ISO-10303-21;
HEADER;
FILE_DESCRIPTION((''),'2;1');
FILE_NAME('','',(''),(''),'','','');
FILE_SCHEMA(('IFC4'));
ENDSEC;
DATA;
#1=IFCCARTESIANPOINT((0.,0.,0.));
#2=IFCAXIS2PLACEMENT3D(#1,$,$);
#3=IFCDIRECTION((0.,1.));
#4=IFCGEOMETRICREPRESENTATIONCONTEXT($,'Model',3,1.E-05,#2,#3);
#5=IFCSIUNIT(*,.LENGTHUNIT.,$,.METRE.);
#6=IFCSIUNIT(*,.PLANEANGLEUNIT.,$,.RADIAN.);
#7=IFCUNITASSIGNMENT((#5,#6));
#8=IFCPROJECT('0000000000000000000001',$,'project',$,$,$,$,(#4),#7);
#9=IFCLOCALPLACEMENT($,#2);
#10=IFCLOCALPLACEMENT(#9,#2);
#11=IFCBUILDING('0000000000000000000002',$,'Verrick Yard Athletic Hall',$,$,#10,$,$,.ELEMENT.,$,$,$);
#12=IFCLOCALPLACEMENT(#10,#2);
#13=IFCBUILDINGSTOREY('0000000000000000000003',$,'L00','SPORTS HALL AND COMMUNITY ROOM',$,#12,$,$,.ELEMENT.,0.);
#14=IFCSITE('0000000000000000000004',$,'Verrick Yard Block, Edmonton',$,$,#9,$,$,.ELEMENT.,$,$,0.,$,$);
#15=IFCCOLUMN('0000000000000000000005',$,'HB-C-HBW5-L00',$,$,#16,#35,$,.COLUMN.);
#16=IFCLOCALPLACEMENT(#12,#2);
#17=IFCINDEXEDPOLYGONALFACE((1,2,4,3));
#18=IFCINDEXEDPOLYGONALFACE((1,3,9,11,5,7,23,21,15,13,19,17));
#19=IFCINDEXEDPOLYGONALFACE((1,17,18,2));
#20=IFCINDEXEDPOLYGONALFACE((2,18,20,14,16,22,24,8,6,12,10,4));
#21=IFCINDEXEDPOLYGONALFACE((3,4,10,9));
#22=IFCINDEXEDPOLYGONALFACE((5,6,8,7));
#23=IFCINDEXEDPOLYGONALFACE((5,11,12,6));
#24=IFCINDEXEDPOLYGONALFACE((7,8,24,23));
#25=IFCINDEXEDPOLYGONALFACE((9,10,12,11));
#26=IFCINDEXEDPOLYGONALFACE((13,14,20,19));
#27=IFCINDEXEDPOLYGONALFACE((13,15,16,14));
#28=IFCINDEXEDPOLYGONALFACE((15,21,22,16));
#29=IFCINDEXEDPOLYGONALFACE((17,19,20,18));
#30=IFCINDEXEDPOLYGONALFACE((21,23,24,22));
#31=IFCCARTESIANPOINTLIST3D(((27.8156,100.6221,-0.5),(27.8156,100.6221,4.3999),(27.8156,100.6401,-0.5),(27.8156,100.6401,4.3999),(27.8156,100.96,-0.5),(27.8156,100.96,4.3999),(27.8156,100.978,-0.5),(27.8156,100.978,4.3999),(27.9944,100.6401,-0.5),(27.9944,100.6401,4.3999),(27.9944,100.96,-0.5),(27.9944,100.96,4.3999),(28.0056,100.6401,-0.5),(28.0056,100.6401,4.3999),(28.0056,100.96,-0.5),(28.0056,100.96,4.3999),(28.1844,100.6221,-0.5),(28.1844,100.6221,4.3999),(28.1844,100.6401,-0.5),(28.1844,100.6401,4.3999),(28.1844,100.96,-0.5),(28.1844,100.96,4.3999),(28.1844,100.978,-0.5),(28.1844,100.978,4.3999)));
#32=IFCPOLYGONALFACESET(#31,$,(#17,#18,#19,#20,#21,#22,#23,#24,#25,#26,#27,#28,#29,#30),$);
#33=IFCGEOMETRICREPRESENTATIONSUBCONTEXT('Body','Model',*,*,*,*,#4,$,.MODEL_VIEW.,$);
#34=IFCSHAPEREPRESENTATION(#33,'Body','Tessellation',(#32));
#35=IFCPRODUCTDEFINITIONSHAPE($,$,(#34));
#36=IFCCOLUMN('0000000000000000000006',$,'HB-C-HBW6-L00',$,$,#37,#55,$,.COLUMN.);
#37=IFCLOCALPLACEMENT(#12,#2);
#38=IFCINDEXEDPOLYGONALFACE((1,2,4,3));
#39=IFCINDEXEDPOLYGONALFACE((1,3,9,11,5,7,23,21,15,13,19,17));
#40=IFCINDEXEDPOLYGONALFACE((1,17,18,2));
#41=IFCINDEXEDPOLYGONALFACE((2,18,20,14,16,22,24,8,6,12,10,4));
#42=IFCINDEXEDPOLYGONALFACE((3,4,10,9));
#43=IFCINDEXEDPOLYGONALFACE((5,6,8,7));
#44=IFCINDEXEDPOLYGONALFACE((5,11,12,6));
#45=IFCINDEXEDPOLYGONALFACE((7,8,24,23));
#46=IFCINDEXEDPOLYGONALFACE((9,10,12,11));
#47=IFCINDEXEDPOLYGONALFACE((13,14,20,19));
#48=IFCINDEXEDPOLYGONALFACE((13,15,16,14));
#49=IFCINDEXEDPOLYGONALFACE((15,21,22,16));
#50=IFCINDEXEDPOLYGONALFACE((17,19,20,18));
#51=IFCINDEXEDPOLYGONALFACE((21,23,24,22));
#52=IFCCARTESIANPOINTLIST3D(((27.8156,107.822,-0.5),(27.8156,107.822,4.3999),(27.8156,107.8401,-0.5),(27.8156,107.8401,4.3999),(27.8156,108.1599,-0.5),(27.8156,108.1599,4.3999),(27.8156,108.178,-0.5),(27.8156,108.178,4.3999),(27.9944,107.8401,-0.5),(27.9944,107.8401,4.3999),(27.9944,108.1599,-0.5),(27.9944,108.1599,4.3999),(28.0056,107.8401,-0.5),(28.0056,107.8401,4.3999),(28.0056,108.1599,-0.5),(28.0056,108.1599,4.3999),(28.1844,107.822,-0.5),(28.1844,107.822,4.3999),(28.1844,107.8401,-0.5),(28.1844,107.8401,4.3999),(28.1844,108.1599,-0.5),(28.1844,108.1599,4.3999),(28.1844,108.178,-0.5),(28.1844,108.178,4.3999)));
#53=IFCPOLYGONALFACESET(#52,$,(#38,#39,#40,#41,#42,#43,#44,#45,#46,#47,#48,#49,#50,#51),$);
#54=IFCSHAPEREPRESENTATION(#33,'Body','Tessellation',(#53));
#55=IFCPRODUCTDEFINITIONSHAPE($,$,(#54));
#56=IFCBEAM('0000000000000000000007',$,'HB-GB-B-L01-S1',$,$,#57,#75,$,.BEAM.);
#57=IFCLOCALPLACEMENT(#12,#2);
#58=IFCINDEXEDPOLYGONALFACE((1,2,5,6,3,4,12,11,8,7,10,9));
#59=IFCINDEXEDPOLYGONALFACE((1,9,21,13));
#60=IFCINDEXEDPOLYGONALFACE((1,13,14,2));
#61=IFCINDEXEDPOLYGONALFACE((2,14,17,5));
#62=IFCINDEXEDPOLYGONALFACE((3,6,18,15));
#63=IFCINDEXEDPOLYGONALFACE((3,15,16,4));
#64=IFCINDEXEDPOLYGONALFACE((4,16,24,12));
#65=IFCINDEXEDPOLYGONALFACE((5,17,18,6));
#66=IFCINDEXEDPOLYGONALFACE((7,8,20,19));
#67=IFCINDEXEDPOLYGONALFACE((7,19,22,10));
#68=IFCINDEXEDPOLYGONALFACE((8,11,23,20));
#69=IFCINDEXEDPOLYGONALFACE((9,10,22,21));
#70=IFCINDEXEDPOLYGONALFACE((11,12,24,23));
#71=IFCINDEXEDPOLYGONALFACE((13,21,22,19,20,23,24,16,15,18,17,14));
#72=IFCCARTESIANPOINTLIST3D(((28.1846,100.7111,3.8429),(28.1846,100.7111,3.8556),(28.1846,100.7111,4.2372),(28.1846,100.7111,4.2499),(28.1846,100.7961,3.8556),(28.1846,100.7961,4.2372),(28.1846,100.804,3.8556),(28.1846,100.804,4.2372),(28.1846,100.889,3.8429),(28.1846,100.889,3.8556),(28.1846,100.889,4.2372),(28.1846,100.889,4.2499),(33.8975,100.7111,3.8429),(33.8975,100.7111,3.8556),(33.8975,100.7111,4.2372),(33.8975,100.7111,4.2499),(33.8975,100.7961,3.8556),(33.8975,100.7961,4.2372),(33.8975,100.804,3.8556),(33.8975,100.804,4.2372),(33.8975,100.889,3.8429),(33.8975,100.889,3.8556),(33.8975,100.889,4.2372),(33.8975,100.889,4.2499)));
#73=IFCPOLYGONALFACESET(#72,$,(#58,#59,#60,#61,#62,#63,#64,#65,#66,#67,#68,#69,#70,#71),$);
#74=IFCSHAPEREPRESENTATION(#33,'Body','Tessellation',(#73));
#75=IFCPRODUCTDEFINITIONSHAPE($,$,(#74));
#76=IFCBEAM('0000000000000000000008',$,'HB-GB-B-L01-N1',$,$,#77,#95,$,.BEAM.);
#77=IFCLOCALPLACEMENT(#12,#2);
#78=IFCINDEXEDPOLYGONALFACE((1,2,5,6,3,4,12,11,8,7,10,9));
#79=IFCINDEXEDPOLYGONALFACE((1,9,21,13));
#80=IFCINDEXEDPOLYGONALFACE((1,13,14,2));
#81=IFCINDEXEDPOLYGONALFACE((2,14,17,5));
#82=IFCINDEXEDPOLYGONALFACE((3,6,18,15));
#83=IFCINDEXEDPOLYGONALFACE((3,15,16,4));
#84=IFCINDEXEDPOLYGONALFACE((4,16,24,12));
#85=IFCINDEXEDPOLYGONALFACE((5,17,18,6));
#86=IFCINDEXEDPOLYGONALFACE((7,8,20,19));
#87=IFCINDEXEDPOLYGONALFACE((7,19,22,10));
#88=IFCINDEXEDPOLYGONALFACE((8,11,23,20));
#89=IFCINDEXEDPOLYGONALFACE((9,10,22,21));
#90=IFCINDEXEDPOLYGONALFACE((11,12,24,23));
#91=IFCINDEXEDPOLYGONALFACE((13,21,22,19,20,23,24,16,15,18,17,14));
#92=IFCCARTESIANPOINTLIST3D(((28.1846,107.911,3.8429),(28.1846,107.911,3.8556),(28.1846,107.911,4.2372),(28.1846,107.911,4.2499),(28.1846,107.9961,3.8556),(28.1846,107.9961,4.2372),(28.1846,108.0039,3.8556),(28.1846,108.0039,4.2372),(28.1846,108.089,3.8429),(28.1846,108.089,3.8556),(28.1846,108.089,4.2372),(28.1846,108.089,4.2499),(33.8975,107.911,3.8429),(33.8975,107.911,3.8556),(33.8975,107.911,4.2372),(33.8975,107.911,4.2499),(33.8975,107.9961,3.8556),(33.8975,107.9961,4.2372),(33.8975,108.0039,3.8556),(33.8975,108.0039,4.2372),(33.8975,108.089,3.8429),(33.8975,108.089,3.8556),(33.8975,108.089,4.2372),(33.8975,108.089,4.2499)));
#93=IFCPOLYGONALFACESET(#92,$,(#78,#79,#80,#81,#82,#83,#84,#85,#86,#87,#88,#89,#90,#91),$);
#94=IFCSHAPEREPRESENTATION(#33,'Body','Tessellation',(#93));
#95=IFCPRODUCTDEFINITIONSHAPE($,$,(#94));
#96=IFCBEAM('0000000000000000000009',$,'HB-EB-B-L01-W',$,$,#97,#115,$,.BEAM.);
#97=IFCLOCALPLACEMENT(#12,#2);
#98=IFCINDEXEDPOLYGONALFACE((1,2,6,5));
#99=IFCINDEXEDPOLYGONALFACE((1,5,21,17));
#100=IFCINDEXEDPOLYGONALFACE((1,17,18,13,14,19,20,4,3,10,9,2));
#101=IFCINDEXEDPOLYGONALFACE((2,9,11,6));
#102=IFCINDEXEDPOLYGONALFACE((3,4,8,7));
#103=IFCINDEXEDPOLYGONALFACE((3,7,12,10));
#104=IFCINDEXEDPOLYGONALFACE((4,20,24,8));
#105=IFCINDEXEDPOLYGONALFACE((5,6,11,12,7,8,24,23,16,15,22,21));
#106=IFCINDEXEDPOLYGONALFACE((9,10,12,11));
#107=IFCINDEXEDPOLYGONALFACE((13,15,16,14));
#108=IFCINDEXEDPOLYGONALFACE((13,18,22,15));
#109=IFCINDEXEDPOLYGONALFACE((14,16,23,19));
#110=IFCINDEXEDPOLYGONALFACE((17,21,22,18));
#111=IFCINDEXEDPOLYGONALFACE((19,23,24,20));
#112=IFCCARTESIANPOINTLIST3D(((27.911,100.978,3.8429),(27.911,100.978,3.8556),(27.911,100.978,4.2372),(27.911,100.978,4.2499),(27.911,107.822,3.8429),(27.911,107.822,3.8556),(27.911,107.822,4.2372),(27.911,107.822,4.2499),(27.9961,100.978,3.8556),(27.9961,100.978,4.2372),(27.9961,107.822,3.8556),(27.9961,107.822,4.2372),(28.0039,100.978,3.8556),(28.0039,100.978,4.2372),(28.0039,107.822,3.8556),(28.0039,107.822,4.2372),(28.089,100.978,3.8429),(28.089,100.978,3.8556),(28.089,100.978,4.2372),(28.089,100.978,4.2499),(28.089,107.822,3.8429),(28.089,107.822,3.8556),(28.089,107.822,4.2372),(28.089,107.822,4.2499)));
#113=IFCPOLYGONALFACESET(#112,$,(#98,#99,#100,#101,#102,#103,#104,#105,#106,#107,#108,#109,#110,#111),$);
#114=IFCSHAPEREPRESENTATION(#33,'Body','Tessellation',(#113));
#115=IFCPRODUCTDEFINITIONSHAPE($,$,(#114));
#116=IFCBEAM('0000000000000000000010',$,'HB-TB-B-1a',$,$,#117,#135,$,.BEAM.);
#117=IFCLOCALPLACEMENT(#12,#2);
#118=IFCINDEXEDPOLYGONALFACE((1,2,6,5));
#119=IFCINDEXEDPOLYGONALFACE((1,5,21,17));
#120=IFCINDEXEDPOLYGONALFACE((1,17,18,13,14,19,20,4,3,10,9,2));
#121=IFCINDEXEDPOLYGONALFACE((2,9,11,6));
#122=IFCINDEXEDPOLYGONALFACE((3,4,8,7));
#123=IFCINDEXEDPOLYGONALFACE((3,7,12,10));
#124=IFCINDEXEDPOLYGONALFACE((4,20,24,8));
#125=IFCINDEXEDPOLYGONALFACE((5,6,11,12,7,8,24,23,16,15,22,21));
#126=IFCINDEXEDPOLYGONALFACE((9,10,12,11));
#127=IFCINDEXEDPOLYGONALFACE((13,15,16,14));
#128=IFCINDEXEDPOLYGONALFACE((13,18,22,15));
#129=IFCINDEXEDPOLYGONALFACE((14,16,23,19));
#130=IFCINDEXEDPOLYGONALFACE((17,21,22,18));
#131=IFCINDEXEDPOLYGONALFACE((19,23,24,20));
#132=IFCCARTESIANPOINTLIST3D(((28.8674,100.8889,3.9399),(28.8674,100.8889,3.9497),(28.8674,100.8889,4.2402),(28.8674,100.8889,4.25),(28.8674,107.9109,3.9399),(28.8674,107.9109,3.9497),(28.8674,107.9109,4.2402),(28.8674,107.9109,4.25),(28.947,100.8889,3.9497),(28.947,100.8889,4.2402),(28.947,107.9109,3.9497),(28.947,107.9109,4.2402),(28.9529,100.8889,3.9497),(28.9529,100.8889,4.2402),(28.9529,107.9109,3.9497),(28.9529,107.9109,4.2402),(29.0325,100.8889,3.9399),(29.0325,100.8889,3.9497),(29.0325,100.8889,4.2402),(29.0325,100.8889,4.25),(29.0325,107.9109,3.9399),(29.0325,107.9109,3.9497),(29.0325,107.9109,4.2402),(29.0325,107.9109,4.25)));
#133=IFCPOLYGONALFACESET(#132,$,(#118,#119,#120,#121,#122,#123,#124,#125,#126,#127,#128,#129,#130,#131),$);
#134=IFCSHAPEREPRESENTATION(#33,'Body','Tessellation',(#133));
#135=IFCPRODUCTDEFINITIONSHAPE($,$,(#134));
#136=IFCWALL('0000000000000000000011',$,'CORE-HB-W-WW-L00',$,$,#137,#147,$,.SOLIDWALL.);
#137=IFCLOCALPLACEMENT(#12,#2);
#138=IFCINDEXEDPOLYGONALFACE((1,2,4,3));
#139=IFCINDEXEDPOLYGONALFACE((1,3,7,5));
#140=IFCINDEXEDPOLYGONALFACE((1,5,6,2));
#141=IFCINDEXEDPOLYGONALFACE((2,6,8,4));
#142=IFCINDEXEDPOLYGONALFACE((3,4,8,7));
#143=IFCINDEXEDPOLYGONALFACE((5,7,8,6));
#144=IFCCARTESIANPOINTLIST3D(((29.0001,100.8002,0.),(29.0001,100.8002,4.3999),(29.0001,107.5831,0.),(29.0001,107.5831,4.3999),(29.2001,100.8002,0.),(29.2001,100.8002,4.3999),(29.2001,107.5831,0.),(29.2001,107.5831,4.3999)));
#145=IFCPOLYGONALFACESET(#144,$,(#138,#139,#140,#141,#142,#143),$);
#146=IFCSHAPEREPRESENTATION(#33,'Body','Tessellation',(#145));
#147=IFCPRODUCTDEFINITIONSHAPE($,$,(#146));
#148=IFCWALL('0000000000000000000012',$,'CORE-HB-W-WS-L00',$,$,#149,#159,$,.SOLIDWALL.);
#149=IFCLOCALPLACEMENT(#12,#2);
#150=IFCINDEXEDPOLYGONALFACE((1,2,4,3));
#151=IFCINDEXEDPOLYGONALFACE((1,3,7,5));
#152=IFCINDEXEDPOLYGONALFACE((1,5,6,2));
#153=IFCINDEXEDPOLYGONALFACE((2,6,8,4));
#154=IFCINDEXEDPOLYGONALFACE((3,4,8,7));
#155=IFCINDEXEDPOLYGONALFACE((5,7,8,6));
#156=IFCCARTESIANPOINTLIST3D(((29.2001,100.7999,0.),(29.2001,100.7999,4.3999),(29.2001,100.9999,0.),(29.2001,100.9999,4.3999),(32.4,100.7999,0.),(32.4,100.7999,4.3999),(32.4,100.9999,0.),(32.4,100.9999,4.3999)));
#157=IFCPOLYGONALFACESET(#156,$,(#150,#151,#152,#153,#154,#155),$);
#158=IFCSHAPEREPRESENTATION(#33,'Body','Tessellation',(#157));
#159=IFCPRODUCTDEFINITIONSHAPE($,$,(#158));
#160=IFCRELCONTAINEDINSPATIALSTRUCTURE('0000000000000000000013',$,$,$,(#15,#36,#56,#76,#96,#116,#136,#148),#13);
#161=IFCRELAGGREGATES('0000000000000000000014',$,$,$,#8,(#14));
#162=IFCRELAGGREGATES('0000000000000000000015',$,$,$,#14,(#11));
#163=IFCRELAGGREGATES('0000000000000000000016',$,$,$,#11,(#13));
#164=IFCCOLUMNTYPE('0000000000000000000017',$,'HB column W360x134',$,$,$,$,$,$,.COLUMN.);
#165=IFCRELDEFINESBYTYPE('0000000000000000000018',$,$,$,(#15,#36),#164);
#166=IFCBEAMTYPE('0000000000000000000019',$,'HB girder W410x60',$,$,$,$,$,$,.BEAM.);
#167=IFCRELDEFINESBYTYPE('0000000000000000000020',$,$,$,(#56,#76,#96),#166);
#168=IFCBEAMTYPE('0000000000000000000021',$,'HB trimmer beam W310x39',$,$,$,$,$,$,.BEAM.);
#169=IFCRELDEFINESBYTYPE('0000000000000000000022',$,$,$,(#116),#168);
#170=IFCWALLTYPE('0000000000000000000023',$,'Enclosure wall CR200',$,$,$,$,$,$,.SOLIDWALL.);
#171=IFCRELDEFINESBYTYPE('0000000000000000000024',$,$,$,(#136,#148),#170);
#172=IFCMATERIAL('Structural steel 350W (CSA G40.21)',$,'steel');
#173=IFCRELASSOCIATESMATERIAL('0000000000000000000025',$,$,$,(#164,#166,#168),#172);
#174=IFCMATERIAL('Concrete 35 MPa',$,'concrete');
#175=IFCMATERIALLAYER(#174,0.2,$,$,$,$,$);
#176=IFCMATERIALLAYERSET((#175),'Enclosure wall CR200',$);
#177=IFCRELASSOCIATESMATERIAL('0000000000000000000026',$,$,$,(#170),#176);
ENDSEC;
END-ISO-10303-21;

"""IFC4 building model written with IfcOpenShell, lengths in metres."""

from ifc_helpers import new_model, si_unit, direction, frame, frame_2d, origin, origin_2d, place, context, subcontext, project, spatial, rectangle, i_section, extrude, material, layer, layer_set, material_profile, profile_set, type_object, element, save


model = new_model("IFC4")

# Units and contexts
model_context = context("Model", 3, precision=1e-05, world=origin(), true_north=direction((0.0, 1.0)))
body_context = subcontext(model_context, "Body", "Model", "MODEL_VIEW")
ifc_project = project(units=[si_unit("LENGTHUNIT", "METRE"), si_unit("PLANEANGLEUNIT", "RADIAN")], contexts=[model_context])

# Site, building, storey
site_placement = place(None, origin())
site = spatial("IfcSite", under=ifc_project, at=site_placement, Name="Verrick Yard Block, Edmonton", CompositionType="ELEMENT", RefElevation=0.0)
building_placement = place(site_placement, origin())
building = spatial("IfcBuilding", under=site, at=building_placement, Name="Verrick Yard Athletic Hall", CompositionType="ELEMENT")
storey_placement = place(building_placement, origin())
storey = spatial("IfcBuildingStorey", under=building, at=storey_placement, Name="L00", Description="SPORTS HALL AND COMMUNITY ROOM", CompositionType="ELEMENT", Elevation=0.0)

# Shared definitions
ifc_material_1 = material(Name="Concrete 35 MPa", Category="concrete")

# Columns
ifc_material_2 = material(Name="Structural steel 350W (CSA G40.21)", Category="steel")
ifc_material_profile_1 = material_profile(ifc_material_2, i_section(OverallWidth=0.3689, OverallDepth=0.356, WebThickness=0.0112, FlangeThickness=0.0181, at=origin_2d()), Name="W360x134")
ifc_profile_set_1 = profile_set([ifc_material_profile_1], Name="Structural steel 350W (CSA G40.21)")
column_type = type_object("IfcColumnType", Name="HB column W360x134", PredefinedType="COLUMN", material=ifc_profile_set_1)
for number, where, z_axis, x_axis, name in (
    (1, (28.0, 100.8, -0.5), (0.0, 0.0, 1.0), (1.0, 0.0, 0.0), "HB-C-HBW5-L00"),
    (2, (28.0, 108.0, -0.5), (0.0, 0.0, 1.0), (1.0, 0.0, 0.0), "HB-C-HBW6-L00"),
):
    element("IfcColumn", number, at=place(storey_placement, frame(where, z_axis=z_axis, x_axis=x_axis)), inside=storey, type_object=column_type, Name=name, PredefinedType="COLUMN", context=body_context, shape_type="SweptSolid", body=[
        extrude(i_section(OverallWidth=0.3689, OverallDepth=0.356, WebThickness=0.0112, FlangeThickness=0.0181, at=origin_2d()), origin(), (0.0, 0.0, 1.0), 4.8999),
    ])

# Beams
ifc_material_profile_2 = material_profile(ifc_material_2, i_section(OverallWidth=0.178, OverallDepth=0.407, WebThickness=0.0078, FlangeThickness=0.0127, at=origin_2d()), Name="W410x60")
ifc_profile_set_2 = profile_set([ifc_material_profile_2], Name="Structural steel 350W (CSA G40.21)")
beam_type_1 = type_object("IfcBeamType", Name="HB girder W410x60", PredefinedType="BEAM", material=ifc_profile_set_2)
for number, where, z_axis, x_axis, name in (
    (3, (28.1846, 100.8, 4.0464), (1.0, 0.0, 0.0), (0.0, 1.0, 0.0), "HB-GB-B-L01-S1"),
    (4, (28.1846, 108.0, 4.0464), (1.0, 0.0, 0.0), (0.0, 1.0, 0.0), "HB-GB-B-L01-N1"),
):
    element("IfcBeam", number, at=place(storey_placement, frame(where, z_axis=z_axis, x_axis=x_axis)), inside=storey, type_object=beam_type_1, Name=name, PredefinedType="BEAM", context=body_context, shape_type="SweptSolid", body=[
        extrude(i_section(OverallWidth=0.178, OverallDepth=0.407, WebThickness=0.0078, FlangeThickness=0.0127, at=origin_2d()), origin(), (0.0, 0.0, 1.0), 5.7129),
    ])
beam_1_placement = place(storey_placement, frame((28.0, 100.978, 4.0464), z_axis=(0.0, 1.0, 0.0), x_axis=(-1.0, 0.0, 0.0)))
element("IfcBeam", 5, at=beam_1_placement, inside=storey, type_object=beam_type_1, Name="HB-EB-B-L01-W", PredefinedType="BEAM", context=body_context, shape_type="SweptSolid", body=[
    extrude(i_section(OverallWidth=0.178, OverallDepth=0.407, WebThickness=0.0078, FlangeThickness=0.0127, at=origin_2d()), origin(), (0.0, 0.0, 1.0), 6.844),
])
ifc_material_profile_3 = material_profile(ifc_material_2, i_section(OverallWidth=0.165, OverallDepth=0.3101, WebThickness=0.0059, FlangeThickness=0.0098, at=origin_2d()), Name="W310x39")
ifc_profile_set_3 = profile_set([ifc_material_profile_3], Name="Structural steel 350W (CSA G40.21)")
beam_type_2 = type_object("IfcBeamType", Name="HB trimmer beam W310x39", PredefinedType="BEAM", material=ifc_profile_set_3)
beam_2_placement = place(storey_placement, frame((28.95, 100.8889, 4.095), z_axis=(0.0, 1.0, 0.0), x_axis=(-1.0, 0.0, 0.0)))
element("IfcBeam", 6, at=beam_2_placement, inside=storey, type_object=beam_type_2, Name="HB-TB-B-1a", PredefinedType="BEAM", context=body_context, shape_type="SweptSolid", body=[
    extrude(i_section(OverallWidth=0.165, OverallDepth=0.3101, WebThickness=0.0059, FlangeThickness=0.0098, at=origin_2d()), origin(), (0.0, 0.0, 1.0), 7.022),
])

# Walls
ifc_layer_1 = layer(ifc_material_1, 0.2)
ifc_layer_set_1 = layer_set([ifc_layer_1], Name="Enclosure wall CR200")
wall_type_1 = type_object("IfcWallType", Name="Enclosure wall CR200", PredefinedType="SOLIDWALL", material=ifc_layer_set_1)
wall_1_placement = place(storey_placement, frame((29.1001, 100.8, 0.0), z_axis=(0.0, 0.0, 1.0), x_axis=(0.0, 1.0, 0.0)))
element("IfcWall", 7, at=wall_1_placement, inside=storey, type_object=wall_type_1, Name="CORE-HB-W-WW-L00", PredefinedType="SOLIDWALL", context=body_context, shape_type="SweptSolid", body=[
    extrude(rectangle(XDim=6.783, YDim=0.2, at=frame_2d((3.3916, 0.0))), origin(), (0.0, 0.0, 1.0), 4.3999),
])
wall_2_placement = place(storey_placement, frame((29.2, 100.8999, 0.0), z_axis=(0.0, 0.0, 1.0), x_axis=(1.0, 0.0, 0.0)))
element("IfcWall", 8, at=wall_2_placement, inside=storey, type_object=wall_type_1, Name="CORE-HB-W-WS-L00", PredefinedType="SOLIDWALL", context=body_context, shape_type="SweptSolid", body=[
    extrude(rectangle(XDim=3.2, YDim=0.2, at=frame_2d((1.6001, 0.0))), origin(), (0.0, 0.0, 1.0), 4.3999),
])

save(model, "model.ifc")
